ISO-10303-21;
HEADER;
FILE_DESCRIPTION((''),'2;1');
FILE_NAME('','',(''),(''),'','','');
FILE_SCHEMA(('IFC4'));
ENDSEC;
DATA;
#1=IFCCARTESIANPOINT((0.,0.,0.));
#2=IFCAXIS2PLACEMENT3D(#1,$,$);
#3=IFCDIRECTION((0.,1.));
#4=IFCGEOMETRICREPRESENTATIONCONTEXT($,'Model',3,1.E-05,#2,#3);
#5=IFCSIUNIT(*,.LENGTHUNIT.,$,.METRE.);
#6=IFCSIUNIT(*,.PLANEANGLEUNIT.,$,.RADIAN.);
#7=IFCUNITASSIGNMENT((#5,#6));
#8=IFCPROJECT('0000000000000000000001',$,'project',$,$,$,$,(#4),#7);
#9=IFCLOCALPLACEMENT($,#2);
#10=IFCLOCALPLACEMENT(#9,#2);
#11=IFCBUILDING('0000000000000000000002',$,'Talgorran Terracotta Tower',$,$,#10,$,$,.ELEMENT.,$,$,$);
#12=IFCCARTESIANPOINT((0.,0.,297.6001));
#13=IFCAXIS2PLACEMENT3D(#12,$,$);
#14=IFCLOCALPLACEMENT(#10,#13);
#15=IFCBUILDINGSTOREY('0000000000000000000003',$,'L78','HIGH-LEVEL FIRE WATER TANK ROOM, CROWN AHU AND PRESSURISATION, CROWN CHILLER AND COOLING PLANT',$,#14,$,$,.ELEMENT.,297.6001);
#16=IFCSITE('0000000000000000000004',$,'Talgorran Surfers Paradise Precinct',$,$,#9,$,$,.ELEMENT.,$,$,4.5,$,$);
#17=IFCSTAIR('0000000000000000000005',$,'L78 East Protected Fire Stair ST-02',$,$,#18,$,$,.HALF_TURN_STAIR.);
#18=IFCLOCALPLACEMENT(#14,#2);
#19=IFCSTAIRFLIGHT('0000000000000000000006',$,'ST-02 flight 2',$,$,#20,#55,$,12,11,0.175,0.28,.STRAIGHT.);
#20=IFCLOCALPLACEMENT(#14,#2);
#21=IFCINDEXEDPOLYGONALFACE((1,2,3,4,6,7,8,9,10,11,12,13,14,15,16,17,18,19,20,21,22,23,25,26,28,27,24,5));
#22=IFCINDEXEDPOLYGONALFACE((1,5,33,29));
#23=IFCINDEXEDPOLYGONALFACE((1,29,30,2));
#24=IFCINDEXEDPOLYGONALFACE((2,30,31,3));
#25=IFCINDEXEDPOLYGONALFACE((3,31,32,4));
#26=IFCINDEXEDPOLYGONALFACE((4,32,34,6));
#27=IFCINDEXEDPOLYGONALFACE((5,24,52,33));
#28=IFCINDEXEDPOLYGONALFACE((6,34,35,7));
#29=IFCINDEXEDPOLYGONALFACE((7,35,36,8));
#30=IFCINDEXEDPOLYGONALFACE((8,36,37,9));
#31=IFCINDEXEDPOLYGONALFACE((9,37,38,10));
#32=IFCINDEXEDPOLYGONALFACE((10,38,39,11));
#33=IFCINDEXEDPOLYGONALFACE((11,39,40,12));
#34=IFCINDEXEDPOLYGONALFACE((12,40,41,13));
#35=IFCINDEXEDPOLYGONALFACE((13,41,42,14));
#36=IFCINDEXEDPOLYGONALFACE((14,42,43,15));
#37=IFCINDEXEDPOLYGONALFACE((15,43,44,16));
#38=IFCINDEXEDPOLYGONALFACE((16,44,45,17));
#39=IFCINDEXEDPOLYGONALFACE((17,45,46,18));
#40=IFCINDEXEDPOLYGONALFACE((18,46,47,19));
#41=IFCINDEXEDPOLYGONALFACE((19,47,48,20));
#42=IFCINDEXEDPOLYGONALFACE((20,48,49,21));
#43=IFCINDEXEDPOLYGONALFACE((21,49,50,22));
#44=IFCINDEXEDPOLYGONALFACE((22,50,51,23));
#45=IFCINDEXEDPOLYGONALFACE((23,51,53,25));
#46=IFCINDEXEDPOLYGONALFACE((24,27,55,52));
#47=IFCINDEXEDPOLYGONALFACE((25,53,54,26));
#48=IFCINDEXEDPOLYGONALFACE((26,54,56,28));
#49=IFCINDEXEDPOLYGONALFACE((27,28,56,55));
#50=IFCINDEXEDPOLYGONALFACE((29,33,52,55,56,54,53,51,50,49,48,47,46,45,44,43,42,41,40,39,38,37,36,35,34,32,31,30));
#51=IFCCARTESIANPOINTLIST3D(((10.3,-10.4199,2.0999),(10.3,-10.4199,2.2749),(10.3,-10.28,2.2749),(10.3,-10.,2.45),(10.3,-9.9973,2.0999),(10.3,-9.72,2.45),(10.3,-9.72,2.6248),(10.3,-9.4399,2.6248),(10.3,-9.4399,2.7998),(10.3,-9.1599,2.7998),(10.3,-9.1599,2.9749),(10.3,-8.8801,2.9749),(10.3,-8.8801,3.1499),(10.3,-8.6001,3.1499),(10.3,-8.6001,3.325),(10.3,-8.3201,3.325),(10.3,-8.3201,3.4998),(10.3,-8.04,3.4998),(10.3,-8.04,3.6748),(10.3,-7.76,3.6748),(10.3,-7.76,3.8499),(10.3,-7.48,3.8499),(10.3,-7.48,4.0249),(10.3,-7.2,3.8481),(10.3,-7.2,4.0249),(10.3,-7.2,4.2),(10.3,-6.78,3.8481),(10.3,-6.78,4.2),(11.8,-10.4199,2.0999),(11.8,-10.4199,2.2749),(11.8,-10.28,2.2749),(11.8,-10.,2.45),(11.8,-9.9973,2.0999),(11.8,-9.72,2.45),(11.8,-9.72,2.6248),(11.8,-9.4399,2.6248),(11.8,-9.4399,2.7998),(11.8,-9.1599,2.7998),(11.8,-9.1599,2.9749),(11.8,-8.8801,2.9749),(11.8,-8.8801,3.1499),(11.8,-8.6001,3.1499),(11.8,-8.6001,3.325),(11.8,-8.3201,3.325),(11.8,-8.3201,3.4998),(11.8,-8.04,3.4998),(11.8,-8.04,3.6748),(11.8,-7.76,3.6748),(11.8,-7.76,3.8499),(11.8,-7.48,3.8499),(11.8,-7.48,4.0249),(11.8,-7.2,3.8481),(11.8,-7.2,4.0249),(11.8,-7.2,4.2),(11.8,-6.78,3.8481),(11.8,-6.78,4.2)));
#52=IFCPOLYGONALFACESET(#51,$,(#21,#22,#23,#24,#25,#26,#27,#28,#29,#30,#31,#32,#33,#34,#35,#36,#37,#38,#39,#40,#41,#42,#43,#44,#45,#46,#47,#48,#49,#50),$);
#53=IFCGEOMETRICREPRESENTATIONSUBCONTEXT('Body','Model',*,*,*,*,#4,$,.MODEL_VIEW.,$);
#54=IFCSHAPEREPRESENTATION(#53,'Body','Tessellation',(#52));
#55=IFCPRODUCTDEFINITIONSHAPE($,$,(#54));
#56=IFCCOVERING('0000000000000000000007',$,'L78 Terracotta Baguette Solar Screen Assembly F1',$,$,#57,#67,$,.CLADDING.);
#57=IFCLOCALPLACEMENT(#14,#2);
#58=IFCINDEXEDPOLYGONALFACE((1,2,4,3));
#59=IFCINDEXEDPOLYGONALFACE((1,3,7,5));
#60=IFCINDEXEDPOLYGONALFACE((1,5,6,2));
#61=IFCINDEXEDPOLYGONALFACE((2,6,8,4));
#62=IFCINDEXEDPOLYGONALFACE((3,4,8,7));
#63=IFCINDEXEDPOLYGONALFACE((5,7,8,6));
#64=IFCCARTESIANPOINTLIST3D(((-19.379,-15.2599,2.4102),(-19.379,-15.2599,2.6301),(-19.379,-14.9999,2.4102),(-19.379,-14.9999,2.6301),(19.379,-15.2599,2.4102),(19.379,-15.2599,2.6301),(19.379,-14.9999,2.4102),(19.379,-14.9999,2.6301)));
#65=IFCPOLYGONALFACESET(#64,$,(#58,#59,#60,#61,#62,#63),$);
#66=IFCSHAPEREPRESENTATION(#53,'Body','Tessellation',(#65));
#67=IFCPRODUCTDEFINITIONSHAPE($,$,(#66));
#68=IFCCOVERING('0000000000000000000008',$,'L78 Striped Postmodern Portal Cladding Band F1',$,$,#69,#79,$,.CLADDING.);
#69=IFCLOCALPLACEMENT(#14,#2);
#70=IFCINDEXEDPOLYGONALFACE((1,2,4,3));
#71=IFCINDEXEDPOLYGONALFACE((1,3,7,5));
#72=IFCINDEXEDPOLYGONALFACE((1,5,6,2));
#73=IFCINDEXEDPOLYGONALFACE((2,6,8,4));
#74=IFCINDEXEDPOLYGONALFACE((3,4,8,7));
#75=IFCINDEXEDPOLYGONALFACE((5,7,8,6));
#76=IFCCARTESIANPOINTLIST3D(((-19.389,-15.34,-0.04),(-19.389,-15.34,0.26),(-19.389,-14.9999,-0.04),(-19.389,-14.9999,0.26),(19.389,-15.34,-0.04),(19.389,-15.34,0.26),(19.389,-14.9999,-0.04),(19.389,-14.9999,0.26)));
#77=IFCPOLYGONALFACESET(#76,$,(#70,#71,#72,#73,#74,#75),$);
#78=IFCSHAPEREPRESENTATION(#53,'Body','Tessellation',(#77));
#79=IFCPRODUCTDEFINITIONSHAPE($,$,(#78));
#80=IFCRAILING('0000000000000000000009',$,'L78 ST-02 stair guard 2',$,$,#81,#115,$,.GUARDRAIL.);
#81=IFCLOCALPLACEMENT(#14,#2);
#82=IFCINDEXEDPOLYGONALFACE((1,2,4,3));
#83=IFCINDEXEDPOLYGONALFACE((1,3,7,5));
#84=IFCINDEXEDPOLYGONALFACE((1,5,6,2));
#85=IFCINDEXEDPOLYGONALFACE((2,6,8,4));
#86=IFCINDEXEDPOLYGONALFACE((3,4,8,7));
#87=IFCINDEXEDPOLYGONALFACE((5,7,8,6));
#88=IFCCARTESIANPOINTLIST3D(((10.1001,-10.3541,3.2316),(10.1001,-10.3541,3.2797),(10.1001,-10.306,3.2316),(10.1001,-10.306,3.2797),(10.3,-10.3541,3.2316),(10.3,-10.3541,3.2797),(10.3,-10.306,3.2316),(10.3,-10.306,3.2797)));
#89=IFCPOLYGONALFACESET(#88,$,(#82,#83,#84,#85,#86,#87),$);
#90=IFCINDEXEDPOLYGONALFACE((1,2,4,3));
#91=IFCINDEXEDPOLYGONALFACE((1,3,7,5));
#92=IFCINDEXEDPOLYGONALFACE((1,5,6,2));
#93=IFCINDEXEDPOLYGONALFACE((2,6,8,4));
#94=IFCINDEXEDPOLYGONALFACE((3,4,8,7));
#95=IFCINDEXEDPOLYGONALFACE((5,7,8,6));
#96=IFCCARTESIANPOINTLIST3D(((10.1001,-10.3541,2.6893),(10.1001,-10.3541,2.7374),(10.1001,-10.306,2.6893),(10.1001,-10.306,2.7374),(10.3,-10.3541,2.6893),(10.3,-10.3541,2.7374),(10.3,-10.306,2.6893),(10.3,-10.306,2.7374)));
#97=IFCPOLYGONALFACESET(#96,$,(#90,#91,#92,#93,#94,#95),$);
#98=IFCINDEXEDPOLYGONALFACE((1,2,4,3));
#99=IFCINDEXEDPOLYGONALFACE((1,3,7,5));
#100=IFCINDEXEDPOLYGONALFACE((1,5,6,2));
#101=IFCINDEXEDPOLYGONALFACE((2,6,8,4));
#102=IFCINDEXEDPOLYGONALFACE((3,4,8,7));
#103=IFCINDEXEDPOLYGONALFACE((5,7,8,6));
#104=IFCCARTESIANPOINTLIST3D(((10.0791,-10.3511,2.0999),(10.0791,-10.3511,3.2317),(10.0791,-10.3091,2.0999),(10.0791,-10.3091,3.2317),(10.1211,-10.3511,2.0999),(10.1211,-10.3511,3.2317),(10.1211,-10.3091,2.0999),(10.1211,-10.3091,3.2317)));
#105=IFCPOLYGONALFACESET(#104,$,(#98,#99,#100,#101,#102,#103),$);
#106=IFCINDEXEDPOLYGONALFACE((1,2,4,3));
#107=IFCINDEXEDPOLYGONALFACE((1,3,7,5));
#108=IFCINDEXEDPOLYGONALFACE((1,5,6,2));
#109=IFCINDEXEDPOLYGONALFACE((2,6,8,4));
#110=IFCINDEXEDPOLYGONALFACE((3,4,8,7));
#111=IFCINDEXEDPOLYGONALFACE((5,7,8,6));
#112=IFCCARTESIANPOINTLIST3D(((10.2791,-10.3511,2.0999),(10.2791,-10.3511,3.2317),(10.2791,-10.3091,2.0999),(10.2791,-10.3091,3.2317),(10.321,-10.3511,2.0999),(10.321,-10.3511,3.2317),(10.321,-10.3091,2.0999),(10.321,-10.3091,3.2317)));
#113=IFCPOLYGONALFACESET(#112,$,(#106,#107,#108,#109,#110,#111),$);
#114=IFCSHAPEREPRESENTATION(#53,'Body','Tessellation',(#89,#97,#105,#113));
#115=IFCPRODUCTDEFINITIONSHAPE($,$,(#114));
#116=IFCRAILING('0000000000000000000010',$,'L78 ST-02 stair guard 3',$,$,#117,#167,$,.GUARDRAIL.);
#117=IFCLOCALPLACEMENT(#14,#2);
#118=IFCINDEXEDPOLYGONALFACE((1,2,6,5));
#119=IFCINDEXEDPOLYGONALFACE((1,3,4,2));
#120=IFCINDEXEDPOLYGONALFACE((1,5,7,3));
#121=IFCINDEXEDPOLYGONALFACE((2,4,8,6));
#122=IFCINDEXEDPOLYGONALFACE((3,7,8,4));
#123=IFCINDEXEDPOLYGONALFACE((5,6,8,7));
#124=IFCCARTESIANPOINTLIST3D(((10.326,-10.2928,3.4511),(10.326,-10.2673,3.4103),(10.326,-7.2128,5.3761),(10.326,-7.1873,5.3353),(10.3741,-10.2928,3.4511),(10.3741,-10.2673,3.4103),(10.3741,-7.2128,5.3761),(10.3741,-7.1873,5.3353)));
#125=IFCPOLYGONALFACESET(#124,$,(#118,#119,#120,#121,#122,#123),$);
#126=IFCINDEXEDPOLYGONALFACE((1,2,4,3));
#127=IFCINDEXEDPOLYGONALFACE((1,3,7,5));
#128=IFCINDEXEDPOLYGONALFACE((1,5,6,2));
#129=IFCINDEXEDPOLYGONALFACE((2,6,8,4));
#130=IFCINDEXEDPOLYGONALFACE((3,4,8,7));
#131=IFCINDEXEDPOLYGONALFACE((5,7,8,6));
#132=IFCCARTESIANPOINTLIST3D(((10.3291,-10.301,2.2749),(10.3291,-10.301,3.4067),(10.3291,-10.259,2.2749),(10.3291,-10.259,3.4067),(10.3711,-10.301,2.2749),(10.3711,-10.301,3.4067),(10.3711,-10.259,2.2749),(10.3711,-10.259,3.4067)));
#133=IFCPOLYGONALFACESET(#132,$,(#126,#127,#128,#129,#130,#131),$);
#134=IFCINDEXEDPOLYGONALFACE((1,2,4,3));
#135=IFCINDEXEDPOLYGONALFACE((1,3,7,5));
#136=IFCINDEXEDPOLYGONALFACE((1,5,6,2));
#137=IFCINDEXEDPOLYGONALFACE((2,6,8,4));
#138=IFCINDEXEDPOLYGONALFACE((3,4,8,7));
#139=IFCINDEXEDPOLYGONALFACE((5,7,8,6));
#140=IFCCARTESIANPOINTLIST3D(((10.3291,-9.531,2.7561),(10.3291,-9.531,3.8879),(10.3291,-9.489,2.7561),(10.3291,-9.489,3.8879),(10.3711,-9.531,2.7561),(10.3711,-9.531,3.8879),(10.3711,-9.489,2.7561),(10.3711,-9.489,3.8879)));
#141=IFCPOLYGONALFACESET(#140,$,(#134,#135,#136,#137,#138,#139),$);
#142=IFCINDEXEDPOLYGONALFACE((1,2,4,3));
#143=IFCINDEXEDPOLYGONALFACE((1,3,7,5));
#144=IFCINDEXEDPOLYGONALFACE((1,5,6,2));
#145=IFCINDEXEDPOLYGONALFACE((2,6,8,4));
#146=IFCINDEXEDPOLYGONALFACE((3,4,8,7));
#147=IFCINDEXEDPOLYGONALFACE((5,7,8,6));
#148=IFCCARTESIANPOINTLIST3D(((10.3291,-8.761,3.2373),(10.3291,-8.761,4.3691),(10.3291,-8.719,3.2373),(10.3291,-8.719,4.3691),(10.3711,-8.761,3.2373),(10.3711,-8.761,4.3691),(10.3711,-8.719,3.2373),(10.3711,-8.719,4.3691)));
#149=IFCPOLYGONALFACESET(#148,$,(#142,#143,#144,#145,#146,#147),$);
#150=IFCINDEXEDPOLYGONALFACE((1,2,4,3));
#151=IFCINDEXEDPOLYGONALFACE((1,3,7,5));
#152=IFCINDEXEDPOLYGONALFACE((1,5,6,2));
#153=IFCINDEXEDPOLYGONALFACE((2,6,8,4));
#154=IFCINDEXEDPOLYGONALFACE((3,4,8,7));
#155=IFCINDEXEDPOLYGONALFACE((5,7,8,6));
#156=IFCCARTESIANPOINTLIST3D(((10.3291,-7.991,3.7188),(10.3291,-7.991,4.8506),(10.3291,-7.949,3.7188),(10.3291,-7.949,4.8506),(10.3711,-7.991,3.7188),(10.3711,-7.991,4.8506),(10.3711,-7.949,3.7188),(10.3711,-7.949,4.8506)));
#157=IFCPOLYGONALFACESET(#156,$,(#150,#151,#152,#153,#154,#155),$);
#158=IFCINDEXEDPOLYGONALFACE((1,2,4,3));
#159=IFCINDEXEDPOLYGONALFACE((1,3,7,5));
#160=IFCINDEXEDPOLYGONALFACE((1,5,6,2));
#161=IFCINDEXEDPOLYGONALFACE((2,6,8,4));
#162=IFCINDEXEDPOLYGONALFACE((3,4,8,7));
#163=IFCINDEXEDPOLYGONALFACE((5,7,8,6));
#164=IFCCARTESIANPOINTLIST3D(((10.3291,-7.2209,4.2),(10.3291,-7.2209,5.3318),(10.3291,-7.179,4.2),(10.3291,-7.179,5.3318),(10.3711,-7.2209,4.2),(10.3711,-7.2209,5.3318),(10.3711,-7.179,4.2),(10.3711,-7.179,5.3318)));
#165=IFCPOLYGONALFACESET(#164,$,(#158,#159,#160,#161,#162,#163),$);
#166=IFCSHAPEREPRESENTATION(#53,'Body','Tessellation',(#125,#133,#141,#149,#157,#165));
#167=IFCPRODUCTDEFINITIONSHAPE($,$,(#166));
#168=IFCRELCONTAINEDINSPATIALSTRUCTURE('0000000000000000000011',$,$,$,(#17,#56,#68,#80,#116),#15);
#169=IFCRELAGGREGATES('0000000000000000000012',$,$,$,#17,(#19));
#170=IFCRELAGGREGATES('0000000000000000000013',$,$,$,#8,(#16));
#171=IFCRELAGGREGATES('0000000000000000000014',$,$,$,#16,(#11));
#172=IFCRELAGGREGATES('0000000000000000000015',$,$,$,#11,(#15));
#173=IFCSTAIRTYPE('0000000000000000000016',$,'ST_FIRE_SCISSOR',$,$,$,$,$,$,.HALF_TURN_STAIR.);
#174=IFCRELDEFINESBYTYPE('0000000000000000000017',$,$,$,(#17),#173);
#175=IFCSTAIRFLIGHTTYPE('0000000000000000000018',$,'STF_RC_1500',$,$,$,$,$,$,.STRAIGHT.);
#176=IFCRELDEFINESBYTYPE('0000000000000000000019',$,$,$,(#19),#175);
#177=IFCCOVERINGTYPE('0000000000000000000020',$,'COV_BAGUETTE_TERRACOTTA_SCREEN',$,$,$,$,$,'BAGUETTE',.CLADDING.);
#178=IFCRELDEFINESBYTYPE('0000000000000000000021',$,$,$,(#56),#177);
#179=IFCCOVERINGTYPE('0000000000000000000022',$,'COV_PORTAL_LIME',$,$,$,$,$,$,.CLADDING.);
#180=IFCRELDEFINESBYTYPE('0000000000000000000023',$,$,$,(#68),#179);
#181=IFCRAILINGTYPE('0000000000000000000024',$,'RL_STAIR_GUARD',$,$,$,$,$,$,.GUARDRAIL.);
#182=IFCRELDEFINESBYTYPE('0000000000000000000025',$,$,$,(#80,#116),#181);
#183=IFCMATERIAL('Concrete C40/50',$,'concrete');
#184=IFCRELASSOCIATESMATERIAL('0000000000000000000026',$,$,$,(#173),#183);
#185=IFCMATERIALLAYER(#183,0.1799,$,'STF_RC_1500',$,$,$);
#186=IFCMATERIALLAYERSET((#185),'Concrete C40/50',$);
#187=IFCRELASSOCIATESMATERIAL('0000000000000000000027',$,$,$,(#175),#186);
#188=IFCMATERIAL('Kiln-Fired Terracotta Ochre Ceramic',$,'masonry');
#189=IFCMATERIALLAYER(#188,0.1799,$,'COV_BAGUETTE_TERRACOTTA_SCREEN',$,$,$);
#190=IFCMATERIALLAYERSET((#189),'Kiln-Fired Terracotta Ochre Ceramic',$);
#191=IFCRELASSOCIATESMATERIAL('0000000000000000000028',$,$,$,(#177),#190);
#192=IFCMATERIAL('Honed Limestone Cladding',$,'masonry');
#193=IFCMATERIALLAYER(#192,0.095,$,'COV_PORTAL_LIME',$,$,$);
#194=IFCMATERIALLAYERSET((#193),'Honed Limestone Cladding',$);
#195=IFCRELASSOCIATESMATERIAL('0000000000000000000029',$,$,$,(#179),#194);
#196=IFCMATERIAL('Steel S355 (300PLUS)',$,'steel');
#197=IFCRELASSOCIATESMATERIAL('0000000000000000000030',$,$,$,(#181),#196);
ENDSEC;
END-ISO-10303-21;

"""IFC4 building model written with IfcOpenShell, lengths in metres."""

from ifc_helpers import new_model, si_unit, direction, frame, origin, origin_2d, place, context, subcontext, project, spatial, polyline, rectangle, outline, extrude, material, layer, layer_set, type_object, element, aggregate, save


model = new_model("IFC4")

# Units and contexts
model_context = context("Model", 3, precision=1e-05, world=origin(), true_north=direction((0.0, 1.0)))
body_context = subcontext(model_context, "Body", "Model", "MODEL_VIEW")
ifc_project = project(units=[si_unit("LENGTHUNIT", "METRE"), si_unit("PLANEANGLEUNIT", "RADIAN")], contexts=[model_context])

# Site, building, storey
site_placement = place(None, origin())
site = spatial("IfcSite", under=ifc_project, at=site_placement, Name="Talgorran Surfers Paradise Precinct", CompositionType="ELEMENT", RefElevation=4.5)
building_placement = place(site_placement, origin())
building = spatial("IfcBuilding", under=site, at=building_placement, Name="Talgorran Terracotta Tower", CompositionType="ELEMENT")
storey_placement = place(building_placement, frame((0.0, 0.0, 297.6001)))
storey = spatial("IfcBuildingStorey", under=building, at=storey_placement, Name="L78", Description="HIGH-LEVEL FIRE WATER TANK ROOM, CROWN AHU AND PRESSURISATION, CROWN CHILLER AND COOLING PLANT", CompositionType="ELEMENT", Elevation=297.6001)

# Shared definitions
ifc_material_1 = material(Name="Steel S355 (300PLUS)", Category="steel")

# Stair, stair flight
ifc_material_2 = material(Name="Concrete C40/50", Category="concrete")
stair_type = type_object("IfcStairType", Name="ST_FIRE_SCISSOR", PredefinedType="HALF_TURN_STAIR", material=ifc_material_2)
stair_placement = place(storey_placement, origin())
stair = element("IfcStair", 1, at=stair_placement, inside=storey, type_object=stair_type, Name="L78 East Protected Fire Stair ST-02", PredefinedType="HALF_TURN_STAIR")
ifc_layer_1 = layer(ifc_material_2, 0.1799, Name="STF_RC_1500")
ifc_layer_set_1 = layer_set([ifc_layer_1], Name="Concrete C40/50")
stair_flight_type = type_object("IfcStairFlightType", Name="STF_RC_1500", PredefinedType="STRAIGHT", material=ifc_layer_set_1)
stair_flight_placement = place(storey_placement, frame((11.05, -10.28, 2.0999), z_axis=(0.0, 0.0, 1.0), x_axis=(0.0, 1.0, 0.0)))
stair_flight = element("IfcStairFlight", 2, at=stair_flight_placement, type_object=stair_flight_type, Name="ST-02 flight 2", NumberOfRisers=12, NumberOfTreads=11, PredefinedType="STRAIGHT", RiserHeight=0.175, TreadLength=0.28, context=body_context, shape_type="SweptSolid", body=[
    extrude(outline(polyline([(-0.1399, 0.0), (-0.1399, 0.175), (0.0, 0.175), (0.28, 0.3501), (0.5601, 0.3501), (0.5601, 0.5249), (0.8401, 0.5249), (0.8401, 0.7), (1.1201, 0.7), (1.1201, 0.875), (1.3999, 0.875), (1.3999, 1.05), (1.6799, 1.05), (1.6799, 1.2251), (1.96, 1.2251), (1.96, 1.3999), (2.24, 1.3999), (2.24, 1.575), (2.52, 1.575), (2.52, 1.75), (2.8, 1.75), (2.8, 1.925), (3.0801, 1.925), (3.0801, 2.1001), (3.5, 2.1001), (3.5, 1.7483), (3.0801, 1.7483), (0.2827, 0.0), (-0.1399, 0.0)])), frame((0.0, 0.75, 0.0), z_axis=(0.0, -1.0, 0.0), x_axis=(1.0, 0.0, 0.0)), (0.0, 0.0, 1.0), 1.5),
])
aggregate(stair, [stair_flight])

# Coverings
ifc_material_3 = material(Name="Kiln-Fired Terracotta Ochre Ceramic", Category="masonry")
ifc_layer_2 = layer(ifc_material_3, 0.1799, Name="COV_BAGUETTE_TERRACOTTA_SCREEN")
ifc_layer_set_2 = layer_set([ifc_layer_2], Name="Kiln-Fired Terracotta Ochre Ceramic")
covering_type_1 = type_object("IfcCoveringType", Name="COV_BAGUETTE_TERRACOTTA_SCREEN", ElementType="BAGUETTE", PredefinedType="CLADDING", material=ifc_layer_set_2)
covering_1_placement = place(storey_placement, frame((0.0, -15.1299, 2.4102), z_axis=(0.0, 0.0, 1.0), x_axis=(1.0, 0.0, 0.0)))
element("IfcCovering", 3, at=covering_1_placement, inside=storey, type_object=covering_type_1, Name="L78 Terracotta Baguette Solar Screen Assembly F1", PredefinedType="CLADDING", context=body_context, shape_type="SweptSolid", body=[
    extrude(rectangle(XDim=38.7581, YDim=0.26, at=origin_2d()), origin(), (0.0, 0.0, 1.0), 0.22),
])
ifc_material_4 = material(Name="Honed Limestone Cladding", Category="masonry")
ifc_layer_3 = layer(ifc_material_4, 0.095, Name="COV_PORTAL_LIME")
ifc_layer_set_3 = layer_set([ifc_layer_3], Name="Honed Limestone Cladding")
covering_type_2 = type_object("IfcCoveringType", Name="COV_PORTAL_LIME", PredefinedType="CLADDING", material=ifc_layer_set_3)
covering_2_placement = place(storey_placement, frame((0.0, -15.1699, -0.04), z_axis=(0.0, 0.0, 1.0), x_axis=(1.0, 0.0, 0.0)))
element("IfcCovering", 4, at=covering_2_placement, inside=storey, type_object=covering_type_2, Name="L78 Striped Postmodern Portal Cladding Band F1", PredefinedType="CLADDING", context=body_context, shape_type="SweptSolid", body=[
    extrude(rectangle(XDim=38.7781, YDim=0.3401, at=origin_2d()), origin(), (0.0, 0.0, 1.0), 0.3),
])

# Railings
railing_type = type_object("IfcRailingType", Name="RL_STAIR_GUARD", PredefinedType="GUARDRAIL", material=ifc_material_1)
railing_1_placement = place(storey_placement, frame((10.1001, -10.3301, 2.0999)))
element("IfcRailing", 5, at=railing_1_placement, inside=storey, type_object=railing_type, Name="L78 ST-02 stair guard 2", PredefinedType="GUARDRAIL", context=body_context, shape_type="SweptSolid", body=[
    extrude(rectangle(XDim=0.0481, YDim=0.0481, at=origin_2d()), frame((0.0, 0.0, 1.1558), z_axis=(1.0, 0.0, 0.0), x_axis=(0.0, 1.0, 0.0)), (0.0, 0.0, 1.0), 0.2),
    extrude(rectangle(XDim=0.0481, YDim=0.0481, at=origin_2d()), frame((0.0, 0.0, 0.6135), z_axis=(1.0, 0.0, 0.0), x_axis=(0.0, 1.0, 0.0)), (0.0, 0.0, 1.0), 0.2),
    extrude(rectangle(XDim=0.042, YDim=0.042, at=origin_2d()), origin(), (0.0, 0.0, 1.0), 1.1318),
    extrude(rectangle(XDim=0.042, YDim=0.042, at=origin_2d()), frame((0.2, 0.0, 0.0)), (0.0, 0.0, 1.0), 1.1318),
])
railing_2_placement = place(storey_placement, frame((10.3501, -10.28, 2.2749)))
element("IfcRailing", 6, at=railing_2_placement, inside=storey, type_object=railing_type, Name="L78 ST-02 stair guard 3", PredefinedType="GUARDRAIL", context=body_context, shape_type="SweptSolid", body=[
    extrude(rectangle(XDim=0.0481, YDim=0.0481, at=origin_2d()), frame((0.0, 0.0, 1.1558), z_axis=(0.0, 0.847998, 0.529999), x_axis=(-1.0, 0.0, 0.0)), (0.0, 0.0, 1.0), 3.6321),
    extrude(rectangle(XDim=0.042, YDim=0.042, at=origin_2d()), origin(), (0.0, 0.0, 1.0), 1.1318),
    extrude(rectangle(XDim=0.042, YDim=0.042, at=origin_2d()), frame((0.0, 0.77, 0.4812)), (0.0, 0.0, 1.0), 1.1318),
    extrude(rectangle(XDim=0.042, YDim=0.042, at=origin_2d()), frame((0.0, 1.54, 0.9624)), (0.0, 0.0, 1.0), 1.1318),
    extrude(rectangle(XDim=0.042, YDim=0.042, at=origin_2d()), frame((0.0, 2.3101, 1.4438)), (0.0, 0.0, 1.0), 1.1318),
    extrude(rectangle(XDim=0.042, YDim=0.042, at=origin_2d()), frame((0.0, 3.0801, 1.925)), (0.0, 0.0, 1.0), 1.1318),
])

save(model, "model.ifc")
